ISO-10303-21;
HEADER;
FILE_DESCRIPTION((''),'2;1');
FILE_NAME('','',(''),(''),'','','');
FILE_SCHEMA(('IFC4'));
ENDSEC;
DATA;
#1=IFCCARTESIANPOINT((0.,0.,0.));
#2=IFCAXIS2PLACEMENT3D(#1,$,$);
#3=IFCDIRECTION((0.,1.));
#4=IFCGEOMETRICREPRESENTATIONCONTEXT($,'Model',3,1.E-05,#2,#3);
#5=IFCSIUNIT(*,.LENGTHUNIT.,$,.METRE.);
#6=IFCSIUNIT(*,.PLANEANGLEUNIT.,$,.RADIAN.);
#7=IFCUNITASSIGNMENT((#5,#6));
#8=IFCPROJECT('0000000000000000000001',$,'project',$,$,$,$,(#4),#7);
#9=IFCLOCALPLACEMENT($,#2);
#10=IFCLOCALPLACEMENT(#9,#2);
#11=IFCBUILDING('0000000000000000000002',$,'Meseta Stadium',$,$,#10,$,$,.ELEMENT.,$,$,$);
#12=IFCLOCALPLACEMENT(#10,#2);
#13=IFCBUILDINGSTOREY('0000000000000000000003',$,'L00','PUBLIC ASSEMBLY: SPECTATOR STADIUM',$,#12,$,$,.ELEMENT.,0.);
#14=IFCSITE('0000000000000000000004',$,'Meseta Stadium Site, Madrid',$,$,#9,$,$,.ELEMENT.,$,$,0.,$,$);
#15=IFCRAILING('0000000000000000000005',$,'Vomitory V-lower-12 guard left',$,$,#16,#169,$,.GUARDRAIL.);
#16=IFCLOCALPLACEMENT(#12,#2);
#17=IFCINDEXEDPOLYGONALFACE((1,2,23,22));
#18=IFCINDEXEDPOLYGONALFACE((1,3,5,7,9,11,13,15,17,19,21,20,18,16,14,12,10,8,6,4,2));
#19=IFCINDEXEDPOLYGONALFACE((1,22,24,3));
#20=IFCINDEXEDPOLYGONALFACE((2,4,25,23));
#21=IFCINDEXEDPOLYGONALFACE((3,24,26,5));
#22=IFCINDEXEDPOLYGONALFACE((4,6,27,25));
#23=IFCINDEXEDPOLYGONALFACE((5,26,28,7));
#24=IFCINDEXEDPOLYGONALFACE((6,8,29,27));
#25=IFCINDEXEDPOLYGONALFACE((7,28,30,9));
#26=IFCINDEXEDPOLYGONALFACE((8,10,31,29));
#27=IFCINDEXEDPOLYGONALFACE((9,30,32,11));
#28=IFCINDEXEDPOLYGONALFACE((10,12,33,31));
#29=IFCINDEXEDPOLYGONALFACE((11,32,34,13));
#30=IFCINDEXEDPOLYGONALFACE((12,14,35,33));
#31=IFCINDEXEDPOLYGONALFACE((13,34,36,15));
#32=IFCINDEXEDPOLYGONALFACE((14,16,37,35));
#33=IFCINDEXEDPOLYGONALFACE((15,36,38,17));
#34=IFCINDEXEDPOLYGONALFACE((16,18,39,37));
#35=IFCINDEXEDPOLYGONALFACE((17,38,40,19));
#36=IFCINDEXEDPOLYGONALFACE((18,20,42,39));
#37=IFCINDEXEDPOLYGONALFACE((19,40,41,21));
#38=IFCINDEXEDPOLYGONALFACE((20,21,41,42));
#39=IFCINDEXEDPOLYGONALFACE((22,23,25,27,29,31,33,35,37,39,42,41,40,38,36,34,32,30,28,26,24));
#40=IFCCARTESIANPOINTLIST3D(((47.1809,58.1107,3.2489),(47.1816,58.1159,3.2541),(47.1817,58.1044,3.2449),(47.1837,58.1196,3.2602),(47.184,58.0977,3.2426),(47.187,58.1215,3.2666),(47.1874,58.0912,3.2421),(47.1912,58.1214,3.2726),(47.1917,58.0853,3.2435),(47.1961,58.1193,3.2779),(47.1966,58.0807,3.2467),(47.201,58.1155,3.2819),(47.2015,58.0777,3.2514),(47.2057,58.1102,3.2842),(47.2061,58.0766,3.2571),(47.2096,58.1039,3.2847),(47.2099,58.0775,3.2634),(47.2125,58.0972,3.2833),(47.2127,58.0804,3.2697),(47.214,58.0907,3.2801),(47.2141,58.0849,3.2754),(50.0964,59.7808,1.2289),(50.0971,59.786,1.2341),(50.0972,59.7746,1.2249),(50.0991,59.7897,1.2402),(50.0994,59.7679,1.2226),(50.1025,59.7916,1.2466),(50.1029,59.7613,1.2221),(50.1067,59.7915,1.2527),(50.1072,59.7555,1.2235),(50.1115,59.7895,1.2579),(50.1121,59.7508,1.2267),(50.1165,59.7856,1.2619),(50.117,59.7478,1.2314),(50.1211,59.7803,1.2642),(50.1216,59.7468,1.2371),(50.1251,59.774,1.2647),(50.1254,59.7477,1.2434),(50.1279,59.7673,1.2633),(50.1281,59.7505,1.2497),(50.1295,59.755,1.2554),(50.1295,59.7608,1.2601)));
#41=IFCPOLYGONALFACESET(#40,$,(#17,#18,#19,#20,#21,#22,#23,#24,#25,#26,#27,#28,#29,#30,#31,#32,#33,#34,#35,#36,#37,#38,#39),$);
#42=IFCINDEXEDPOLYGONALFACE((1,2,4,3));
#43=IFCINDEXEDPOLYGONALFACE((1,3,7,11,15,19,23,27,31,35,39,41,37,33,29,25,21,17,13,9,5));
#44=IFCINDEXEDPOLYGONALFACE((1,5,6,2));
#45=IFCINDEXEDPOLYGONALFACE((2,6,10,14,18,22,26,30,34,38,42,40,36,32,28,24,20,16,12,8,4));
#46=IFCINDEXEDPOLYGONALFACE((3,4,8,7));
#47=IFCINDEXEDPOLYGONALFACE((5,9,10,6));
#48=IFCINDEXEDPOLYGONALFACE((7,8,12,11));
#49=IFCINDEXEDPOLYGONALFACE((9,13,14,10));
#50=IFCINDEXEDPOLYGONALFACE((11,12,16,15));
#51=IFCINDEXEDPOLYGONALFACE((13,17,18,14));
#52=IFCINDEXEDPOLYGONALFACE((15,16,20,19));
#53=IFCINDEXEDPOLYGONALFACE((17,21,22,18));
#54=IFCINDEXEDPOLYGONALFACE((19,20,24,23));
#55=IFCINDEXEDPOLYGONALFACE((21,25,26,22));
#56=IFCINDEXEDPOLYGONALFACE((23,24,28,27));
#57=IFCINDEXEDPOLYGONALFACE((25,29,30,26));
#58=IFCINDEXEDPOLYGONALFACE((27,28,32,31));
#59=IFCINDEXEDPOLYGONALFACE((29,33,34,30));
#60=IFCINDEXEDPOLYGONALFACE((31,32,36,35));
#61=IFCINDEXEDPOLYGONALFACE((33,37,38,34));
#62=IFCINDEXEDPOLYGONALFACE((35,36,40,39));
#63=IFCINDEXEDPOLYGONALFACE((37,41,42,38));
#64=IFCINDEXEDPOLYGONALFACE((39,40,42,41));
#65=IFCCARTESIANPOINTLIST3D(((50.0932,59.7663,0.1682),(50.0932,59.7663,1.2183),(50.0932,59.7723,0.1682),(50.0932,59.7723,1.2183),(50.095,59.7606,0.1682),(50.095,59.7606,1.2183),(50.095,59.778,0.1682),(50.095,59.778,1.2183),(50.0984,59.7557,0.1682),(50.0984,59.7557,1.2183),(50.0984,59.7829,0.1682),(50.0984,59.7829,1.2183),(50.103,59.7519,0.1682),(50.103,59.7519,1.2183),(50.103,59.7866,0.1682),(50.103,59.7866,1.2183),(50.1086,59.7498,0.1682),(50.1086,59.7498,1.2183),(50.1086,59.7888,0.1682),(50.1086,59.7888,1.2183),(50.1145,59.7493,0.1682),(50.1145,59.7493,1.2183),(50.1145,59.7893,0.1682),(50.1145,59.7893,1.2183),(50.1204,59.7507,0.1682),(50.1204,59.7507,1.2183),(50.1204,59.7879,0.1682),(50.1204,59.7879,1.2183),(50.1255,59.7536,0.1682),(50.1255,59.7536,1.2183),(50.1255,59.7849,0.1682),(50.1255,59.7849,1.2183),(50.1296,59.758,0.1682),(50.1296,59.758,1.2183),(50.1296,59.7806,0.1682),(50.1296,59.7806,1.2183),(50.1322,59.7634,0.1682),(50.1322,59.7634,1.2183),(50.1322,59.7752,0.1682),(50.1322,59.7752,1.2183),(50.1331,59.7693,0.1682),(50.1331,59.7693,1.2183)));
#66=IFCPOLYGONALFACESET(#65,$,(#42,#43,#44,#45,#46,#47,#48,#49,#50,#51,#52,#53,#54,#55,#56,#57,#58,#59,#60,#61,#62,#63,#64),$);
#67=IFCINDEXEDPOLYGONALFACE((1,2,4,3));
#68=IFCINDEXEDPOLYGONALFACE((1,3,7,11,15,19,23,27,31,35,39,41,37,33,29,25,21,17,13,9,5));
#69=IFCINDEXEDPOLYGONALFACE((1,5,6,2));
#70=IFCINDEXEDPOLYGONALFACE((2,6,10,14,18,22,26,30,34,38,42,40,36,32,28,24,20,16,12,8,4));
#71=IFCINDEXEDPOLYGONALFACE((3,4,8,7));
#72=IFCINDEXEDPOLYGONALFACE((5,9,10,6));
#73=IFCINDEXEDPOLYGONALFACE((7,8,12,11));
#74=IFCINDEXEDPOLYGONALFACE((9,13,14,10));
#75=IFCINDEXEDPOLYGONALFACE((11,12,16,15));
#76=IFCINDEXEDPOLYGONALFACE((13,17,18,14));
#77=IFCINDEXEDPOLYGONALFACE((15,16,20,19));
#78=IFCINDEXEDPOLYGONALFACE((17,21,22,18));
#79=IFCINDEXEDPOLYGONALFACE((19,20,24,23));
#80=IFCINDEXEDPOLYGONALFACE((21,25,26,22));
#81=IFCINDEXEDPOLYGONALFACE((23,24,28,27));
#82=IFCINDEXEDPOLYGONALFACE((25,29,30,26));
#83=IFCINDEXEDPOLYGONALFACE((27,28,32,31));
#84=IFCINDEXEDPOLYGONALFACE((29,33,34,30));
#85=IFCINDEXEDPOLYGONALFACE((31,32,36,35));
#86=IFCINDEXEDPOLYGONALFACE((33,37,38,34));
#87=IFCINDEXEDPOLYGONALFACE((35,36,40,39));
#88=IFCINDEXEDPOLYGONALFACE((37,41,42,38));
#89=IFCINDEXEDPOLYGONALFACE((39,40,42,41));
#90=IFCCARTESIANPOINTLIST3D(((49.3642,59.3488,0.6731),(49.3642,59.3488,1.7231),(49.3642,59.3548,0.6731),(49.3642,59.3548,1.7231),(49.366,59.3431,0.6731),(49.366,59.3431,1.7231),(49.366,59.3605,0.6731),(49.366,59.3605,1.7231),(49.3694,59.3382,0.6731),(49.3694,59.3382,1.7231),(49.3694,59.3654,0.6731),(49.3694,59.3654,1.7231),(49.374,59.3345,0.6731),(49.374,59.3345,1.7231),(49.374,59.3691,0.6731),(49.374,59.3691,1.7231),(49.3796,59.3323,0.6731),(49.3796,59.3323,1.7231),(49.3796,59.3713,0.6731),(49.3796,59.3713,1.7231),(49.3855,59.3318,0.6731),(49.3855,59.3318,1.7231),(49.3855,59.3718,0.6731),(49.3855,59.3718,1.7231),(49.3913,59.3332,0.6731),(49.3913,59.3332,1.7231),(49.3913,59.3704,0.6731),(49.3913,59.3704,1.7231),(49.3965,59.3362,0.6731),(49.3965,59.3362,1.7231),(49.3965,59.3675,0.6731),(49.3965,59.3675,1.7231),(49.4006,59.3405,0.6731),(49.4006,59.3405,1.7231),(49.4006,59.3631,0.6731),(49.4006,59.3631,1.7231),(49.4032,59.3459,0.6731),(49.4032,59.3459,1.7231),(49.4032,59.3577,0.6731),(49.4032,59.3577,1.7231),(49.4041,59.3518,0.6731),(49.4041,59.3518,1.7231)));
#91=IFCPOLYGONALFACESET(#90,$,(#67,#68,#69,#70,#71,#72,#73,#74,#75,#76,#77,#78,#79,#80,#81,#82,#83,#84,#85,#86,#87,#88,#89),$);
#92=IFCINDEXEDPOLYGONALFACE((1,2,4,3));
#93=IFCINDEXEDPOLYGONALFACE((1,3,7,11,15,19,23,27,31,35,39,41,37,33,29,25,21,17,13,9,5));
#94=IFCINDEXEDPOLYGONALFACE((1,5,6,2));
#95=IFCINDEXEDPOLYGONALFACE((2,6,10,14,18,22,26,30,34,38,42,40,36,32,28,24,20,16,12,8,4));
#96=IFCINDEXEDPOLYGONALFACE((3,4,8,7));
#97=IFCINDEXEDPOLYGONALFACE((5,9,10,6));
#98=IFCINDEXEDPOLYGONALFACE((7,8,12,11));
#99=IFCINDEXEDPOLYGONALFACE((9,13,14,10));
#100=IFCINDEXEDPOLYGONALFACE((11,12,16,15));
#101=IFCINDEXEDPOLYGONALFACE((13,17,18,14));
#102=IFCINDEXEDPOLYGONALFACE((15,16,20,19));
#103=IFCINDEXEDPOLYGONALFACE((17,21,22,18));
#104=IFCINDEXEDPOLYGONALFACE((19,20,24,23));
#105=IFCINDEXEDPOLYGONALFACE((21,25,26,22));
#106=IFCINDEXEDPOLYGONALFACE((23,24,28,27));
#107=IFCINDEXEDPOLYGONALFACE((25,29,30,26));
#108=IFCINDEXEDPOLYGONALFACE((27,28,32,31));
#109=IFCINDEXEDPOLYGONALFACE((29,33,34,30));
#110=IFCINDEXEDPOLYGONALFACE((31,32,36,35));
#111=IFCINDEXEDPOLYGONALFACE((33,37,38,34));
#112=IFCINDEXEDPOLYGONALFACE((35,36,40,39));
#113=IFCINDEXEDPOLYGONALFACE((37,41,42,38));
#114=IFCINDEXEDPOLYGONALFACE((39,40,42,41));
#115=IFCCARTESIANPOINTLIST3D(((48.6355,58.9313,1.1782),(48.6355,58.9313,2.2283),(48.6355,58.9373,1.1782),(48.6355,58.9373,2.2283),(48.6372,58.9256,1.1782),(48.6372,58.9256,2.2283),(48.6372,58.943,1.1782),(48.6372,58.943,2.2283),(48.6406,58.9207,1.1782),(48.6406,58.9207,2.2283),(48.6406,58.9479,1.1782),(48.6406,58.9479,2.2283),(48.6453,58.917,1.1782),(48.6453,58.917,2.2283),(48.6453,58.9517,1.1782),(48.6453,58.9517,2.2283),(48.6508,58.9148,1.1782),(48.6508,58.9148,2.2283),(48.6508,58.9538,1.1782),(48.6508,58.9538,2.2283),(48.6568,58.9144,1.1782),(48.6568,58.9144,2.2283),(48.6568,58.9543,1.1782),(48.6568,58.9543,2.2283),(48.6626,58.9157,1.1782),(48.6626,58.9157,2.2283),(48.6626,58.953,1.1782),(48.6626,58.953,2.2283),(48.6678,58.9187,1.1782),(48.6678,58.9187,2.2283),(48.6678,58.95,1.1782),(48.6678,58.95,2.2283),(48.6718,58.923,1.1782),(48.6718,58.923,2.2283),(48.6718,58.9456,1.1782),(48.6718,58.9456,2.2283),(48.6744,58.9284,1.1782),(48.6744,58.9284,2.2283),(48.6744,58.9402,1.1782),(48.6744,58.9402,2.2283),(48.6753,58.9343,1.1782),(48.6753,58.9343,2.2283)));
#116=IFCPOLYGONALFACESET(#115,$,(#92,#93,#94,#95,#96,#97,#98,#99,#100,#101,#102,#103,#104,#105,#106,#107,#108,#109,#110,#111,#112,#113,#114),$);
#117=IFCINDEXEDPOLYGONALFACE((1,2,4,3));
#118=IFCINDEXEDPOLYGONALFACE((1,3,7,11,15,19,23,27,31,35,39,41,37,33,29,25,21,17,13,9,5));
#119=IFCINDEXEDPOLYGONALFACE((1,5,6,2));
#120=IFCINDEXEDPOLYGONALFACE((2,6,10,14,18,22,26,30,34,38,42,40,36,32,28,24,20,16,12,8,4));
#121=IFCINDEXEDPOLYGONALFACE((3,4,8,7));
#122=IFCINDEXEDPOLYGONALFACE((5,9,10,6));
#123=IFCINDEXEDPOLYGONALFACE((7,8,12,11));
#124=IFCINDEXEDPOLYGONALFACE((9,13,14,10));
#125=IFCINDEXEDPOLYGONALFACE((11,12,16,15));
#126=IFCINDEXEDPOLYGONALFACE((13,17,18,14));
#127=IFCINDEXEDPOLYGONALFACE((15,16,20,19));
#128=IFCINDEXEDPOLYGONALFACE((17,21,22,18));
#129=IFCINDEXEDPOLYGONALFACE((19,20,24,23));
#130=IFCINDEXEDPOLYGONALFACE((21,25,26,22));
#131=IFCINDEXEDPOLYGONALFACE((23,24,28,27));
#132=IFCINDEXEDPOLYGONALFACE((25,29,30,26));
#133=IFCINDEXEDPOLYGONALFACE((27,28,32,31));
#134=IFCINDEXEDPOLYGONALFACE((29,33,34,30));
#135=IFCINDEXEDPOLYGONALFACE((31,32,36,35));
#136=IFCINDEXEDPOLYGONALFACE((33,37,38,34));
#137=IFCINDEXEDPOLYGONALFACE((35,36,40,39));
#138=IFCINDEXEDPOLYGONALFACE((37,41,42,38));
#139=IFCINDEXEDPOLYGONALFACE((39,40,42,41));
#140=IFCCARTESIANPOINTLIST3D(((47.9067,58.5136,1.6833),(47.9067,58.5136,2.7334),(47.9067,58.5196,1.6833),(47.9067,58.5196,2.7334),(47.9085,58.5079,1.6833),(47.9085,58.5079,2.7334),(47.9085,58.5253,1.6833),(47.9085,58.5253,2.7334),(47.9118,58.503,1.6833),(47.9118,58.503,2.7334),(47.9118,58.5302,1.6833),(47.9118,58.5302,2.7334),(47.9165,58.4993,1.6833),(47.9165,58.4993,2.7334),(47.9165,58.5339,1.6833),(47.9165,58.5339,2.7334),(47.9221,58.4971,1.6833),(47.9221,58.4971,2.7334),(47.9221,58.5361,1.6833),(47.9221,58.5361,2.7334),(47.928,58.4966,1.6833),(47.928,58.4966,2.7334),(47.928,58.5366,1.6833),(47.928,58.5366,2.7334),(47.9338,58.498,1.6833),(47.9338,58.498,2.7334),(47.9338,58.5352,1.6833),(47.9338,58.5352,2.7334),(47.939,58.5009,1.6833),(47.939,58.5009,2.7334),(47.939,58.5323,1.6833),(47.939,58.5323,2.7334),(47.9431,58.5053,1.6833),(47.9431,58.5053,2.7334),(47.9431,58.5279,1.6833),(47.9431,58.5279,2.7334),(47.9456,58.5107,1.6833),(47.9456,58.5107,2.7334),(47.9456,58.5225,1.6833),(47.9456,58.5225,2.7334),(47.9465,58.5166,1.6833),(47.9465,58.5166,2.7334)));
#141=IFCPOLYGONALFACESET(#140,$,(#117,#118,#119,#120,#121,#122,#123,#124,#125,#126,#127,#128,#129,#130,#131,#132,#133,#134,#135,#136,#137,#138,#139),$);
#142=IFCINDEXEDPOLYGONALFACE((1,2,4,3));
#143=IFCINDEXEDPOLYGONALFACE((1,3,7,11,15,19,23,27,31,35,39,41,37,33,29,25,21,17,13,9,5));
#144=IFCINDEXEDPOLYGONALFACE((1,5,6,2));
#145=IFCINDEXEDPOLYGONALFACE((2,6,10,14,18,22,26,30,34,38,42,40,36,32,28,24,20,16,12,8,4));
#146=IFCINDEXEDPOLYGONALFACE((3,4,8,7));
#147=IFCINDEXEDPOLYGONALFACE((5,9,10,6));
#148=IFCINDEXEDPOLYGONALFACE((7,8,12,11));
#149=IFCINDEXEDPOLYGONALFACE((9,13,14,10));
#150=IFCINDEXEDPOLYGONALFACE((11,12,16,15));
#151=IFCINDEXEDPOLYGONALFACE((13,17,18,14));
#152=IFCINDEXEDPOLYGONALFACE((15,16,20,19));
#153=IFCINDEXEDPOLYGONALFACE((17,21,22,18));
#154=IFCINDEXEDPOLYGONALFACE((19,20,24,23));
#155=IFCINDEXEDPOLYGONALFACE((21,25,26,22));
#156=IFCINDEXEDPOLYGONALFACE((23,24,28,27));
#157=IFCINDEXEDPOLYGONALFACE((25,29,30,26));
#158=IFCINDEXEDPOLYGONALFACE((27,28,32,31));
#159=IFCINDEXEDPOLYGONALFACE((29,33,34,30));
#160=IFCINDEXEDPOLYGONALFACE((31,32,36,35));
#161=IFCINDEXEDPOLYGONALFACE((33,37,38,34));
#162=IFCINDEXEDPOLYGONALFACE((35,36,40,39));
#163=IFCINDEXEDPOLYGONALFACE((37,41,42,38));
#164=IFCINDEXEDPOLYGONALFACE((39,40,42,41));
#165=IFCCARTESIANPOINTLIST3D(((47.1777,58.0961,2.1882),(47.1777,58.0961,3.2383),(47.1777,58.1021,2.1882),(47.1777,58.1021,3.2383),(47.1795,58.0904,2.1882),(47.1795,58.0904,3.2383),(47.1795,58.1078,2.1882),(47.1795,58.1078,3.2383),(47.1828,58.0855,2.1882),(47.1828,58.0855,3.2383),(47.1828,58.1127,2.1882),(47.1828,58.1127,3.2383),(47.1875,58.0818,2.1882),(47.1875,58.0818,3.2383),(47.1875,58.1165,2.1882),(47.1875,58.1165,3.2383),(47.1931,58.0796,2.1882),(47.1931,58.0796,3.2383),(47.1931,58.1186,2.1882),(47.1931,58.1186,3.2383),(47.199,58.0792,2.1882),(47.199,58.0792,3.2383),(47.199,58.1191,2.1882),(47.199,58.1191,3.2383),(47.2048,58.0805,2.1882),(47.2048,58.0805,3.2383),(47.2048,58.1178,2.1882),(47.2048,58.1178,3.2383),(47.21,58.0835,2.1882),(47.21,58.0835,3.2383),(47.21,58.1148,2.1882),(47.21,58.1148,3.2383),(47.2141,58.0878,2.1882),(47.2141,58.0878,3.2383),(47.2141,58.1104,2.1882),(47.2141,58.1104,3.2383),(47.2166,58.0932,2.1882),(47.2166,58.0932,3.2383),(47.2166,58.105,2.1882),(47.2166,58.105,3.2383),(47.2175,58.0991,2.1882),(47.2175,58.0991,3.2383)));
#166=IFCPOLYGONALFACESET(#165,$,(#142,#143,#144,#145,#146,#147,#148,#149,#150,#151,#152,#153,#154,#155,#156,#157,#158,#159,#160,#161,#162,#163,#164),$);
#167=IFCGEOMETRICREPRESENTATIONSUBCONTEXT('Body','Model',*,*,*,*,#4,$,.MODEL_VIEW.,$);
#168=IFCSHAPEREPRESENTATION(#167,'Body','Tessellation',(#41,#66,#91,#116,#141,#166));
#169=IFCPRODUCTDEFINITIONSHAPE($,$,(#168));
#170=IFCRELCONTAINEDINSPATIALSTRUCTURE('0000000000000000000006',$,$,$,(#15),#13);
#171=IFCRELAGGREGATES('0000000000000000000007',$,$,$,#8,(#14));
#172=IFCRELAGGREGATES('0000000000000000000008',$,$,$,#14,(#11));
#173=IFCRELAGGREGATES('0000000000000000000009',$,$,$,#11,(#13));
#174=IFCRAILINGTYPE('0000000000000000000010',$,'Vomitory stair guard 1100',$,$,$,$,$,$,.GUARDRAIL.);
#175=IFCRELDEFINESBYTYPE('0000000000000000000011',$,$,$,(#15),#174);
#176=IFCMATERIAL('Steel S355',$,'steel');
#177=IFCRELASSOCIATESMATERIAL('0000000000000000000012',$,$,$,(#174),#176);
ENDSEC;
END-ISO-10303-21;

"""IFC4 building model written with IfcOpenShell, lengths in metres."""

from ifc_helpers import new_model, si_unit, direction, frame, origin, origin_2d, place, context, subcontext, project, spatial, circle, extrude, material, type_object, element, save


model = new_model("IFC4")

# Units and contexts
model_context = context("Model", 3, precision=1e-05, world=origin(), true_north=direction((0.0, 1.0)))
body_context = subcontext(model_context, "Body", "Model", "MODEL_VIEW")
ifc_project = project(units=[si_unit("LENGTHUNIT", "METRE"), si_unit("PLANEANGLEUNIT", "RADIAN")], contexts=[model_context])

# Site, building, storey
site_placement = place(None, origin())
site = spatial("IfcSite", under=ifc_project, at=site_placement, Name="Meseta Stadium Site, Madrid", CompositionType="ELEMENT", RefElevation=0.0)
building_placement = place(site_placement, origin())
building = spatial("IfcBuilding", under=site, at=building_placement, Name="Meseta Stadium", CompositionType="ELEMENT")
storey_placement = place(building_placement, origin())
storey = spatial("IfcBuildingStorey", under=building, at=storey_placement, Name="L00", Description="PUBLIC ASSEMBLY: SPECTATOR STADIUM", CompositionType="ELEMENT", Elevation=0.0)

# Railing
ifc_material_1 = material(Name="Steel S355", Category="steel")
railing_type_1 = type_object("IfcRailingType", Name="Vomitory stair guard 1100", PredefinedType="GUARDRAIL", material=ifc_material_1)
for number, where, name in (
    (1, (50.113, 59.7693, 0.1682), "Vomitory V-lower-12 guard left"),
):
    element("IfcRailing", number, at=place(storey_placement, frame(where)), inside=storey, type_object=railing_type_1, Name=name, PredefinedType="GUARDRAIL", context=body_context, shape_type="SweptSolid", body=[
        extrude(circle(Radius=0.0249, at=origin_2d()), frame((0.0, 0.0, 1.0752), z_axis=(-0.743664, -0.42601, 0.515247), x_axis=(0.49707, -0.867711, 0.0)), (0.0, 0.0, 1.0), 3.9204),
        extrude(circle(Radius=0.02, at=origin_2d()), origin(), (0.0, 0.0, 1.0), 1.05),
        extrude(circle(Radius=0.02, at=origin_2d()), frame((-0.729, -0.4175, 0.5049)), (0.0, 0.0, 1.0), 1.05),
        extrude(circle(Radius=0.02, at=origin_2d()), frame((-1.4578, -0.835, 1.01)), (0.0, 0.0, 1.0), 1.05),
        extrude(circle(Radius=0.02, at=origin_2d()), frame((-2.1865, -1.2527, 1.5151)), (0.0, 0.0, 1.0), 1.05),
        extrude(circle(Radius=0.02, at=origin_2d()), frame((-2.9155, -1.6702, 2.02)), (0.0, 0.0, 1.0), 1.05),
    ])

save(model, "model.ifc")
